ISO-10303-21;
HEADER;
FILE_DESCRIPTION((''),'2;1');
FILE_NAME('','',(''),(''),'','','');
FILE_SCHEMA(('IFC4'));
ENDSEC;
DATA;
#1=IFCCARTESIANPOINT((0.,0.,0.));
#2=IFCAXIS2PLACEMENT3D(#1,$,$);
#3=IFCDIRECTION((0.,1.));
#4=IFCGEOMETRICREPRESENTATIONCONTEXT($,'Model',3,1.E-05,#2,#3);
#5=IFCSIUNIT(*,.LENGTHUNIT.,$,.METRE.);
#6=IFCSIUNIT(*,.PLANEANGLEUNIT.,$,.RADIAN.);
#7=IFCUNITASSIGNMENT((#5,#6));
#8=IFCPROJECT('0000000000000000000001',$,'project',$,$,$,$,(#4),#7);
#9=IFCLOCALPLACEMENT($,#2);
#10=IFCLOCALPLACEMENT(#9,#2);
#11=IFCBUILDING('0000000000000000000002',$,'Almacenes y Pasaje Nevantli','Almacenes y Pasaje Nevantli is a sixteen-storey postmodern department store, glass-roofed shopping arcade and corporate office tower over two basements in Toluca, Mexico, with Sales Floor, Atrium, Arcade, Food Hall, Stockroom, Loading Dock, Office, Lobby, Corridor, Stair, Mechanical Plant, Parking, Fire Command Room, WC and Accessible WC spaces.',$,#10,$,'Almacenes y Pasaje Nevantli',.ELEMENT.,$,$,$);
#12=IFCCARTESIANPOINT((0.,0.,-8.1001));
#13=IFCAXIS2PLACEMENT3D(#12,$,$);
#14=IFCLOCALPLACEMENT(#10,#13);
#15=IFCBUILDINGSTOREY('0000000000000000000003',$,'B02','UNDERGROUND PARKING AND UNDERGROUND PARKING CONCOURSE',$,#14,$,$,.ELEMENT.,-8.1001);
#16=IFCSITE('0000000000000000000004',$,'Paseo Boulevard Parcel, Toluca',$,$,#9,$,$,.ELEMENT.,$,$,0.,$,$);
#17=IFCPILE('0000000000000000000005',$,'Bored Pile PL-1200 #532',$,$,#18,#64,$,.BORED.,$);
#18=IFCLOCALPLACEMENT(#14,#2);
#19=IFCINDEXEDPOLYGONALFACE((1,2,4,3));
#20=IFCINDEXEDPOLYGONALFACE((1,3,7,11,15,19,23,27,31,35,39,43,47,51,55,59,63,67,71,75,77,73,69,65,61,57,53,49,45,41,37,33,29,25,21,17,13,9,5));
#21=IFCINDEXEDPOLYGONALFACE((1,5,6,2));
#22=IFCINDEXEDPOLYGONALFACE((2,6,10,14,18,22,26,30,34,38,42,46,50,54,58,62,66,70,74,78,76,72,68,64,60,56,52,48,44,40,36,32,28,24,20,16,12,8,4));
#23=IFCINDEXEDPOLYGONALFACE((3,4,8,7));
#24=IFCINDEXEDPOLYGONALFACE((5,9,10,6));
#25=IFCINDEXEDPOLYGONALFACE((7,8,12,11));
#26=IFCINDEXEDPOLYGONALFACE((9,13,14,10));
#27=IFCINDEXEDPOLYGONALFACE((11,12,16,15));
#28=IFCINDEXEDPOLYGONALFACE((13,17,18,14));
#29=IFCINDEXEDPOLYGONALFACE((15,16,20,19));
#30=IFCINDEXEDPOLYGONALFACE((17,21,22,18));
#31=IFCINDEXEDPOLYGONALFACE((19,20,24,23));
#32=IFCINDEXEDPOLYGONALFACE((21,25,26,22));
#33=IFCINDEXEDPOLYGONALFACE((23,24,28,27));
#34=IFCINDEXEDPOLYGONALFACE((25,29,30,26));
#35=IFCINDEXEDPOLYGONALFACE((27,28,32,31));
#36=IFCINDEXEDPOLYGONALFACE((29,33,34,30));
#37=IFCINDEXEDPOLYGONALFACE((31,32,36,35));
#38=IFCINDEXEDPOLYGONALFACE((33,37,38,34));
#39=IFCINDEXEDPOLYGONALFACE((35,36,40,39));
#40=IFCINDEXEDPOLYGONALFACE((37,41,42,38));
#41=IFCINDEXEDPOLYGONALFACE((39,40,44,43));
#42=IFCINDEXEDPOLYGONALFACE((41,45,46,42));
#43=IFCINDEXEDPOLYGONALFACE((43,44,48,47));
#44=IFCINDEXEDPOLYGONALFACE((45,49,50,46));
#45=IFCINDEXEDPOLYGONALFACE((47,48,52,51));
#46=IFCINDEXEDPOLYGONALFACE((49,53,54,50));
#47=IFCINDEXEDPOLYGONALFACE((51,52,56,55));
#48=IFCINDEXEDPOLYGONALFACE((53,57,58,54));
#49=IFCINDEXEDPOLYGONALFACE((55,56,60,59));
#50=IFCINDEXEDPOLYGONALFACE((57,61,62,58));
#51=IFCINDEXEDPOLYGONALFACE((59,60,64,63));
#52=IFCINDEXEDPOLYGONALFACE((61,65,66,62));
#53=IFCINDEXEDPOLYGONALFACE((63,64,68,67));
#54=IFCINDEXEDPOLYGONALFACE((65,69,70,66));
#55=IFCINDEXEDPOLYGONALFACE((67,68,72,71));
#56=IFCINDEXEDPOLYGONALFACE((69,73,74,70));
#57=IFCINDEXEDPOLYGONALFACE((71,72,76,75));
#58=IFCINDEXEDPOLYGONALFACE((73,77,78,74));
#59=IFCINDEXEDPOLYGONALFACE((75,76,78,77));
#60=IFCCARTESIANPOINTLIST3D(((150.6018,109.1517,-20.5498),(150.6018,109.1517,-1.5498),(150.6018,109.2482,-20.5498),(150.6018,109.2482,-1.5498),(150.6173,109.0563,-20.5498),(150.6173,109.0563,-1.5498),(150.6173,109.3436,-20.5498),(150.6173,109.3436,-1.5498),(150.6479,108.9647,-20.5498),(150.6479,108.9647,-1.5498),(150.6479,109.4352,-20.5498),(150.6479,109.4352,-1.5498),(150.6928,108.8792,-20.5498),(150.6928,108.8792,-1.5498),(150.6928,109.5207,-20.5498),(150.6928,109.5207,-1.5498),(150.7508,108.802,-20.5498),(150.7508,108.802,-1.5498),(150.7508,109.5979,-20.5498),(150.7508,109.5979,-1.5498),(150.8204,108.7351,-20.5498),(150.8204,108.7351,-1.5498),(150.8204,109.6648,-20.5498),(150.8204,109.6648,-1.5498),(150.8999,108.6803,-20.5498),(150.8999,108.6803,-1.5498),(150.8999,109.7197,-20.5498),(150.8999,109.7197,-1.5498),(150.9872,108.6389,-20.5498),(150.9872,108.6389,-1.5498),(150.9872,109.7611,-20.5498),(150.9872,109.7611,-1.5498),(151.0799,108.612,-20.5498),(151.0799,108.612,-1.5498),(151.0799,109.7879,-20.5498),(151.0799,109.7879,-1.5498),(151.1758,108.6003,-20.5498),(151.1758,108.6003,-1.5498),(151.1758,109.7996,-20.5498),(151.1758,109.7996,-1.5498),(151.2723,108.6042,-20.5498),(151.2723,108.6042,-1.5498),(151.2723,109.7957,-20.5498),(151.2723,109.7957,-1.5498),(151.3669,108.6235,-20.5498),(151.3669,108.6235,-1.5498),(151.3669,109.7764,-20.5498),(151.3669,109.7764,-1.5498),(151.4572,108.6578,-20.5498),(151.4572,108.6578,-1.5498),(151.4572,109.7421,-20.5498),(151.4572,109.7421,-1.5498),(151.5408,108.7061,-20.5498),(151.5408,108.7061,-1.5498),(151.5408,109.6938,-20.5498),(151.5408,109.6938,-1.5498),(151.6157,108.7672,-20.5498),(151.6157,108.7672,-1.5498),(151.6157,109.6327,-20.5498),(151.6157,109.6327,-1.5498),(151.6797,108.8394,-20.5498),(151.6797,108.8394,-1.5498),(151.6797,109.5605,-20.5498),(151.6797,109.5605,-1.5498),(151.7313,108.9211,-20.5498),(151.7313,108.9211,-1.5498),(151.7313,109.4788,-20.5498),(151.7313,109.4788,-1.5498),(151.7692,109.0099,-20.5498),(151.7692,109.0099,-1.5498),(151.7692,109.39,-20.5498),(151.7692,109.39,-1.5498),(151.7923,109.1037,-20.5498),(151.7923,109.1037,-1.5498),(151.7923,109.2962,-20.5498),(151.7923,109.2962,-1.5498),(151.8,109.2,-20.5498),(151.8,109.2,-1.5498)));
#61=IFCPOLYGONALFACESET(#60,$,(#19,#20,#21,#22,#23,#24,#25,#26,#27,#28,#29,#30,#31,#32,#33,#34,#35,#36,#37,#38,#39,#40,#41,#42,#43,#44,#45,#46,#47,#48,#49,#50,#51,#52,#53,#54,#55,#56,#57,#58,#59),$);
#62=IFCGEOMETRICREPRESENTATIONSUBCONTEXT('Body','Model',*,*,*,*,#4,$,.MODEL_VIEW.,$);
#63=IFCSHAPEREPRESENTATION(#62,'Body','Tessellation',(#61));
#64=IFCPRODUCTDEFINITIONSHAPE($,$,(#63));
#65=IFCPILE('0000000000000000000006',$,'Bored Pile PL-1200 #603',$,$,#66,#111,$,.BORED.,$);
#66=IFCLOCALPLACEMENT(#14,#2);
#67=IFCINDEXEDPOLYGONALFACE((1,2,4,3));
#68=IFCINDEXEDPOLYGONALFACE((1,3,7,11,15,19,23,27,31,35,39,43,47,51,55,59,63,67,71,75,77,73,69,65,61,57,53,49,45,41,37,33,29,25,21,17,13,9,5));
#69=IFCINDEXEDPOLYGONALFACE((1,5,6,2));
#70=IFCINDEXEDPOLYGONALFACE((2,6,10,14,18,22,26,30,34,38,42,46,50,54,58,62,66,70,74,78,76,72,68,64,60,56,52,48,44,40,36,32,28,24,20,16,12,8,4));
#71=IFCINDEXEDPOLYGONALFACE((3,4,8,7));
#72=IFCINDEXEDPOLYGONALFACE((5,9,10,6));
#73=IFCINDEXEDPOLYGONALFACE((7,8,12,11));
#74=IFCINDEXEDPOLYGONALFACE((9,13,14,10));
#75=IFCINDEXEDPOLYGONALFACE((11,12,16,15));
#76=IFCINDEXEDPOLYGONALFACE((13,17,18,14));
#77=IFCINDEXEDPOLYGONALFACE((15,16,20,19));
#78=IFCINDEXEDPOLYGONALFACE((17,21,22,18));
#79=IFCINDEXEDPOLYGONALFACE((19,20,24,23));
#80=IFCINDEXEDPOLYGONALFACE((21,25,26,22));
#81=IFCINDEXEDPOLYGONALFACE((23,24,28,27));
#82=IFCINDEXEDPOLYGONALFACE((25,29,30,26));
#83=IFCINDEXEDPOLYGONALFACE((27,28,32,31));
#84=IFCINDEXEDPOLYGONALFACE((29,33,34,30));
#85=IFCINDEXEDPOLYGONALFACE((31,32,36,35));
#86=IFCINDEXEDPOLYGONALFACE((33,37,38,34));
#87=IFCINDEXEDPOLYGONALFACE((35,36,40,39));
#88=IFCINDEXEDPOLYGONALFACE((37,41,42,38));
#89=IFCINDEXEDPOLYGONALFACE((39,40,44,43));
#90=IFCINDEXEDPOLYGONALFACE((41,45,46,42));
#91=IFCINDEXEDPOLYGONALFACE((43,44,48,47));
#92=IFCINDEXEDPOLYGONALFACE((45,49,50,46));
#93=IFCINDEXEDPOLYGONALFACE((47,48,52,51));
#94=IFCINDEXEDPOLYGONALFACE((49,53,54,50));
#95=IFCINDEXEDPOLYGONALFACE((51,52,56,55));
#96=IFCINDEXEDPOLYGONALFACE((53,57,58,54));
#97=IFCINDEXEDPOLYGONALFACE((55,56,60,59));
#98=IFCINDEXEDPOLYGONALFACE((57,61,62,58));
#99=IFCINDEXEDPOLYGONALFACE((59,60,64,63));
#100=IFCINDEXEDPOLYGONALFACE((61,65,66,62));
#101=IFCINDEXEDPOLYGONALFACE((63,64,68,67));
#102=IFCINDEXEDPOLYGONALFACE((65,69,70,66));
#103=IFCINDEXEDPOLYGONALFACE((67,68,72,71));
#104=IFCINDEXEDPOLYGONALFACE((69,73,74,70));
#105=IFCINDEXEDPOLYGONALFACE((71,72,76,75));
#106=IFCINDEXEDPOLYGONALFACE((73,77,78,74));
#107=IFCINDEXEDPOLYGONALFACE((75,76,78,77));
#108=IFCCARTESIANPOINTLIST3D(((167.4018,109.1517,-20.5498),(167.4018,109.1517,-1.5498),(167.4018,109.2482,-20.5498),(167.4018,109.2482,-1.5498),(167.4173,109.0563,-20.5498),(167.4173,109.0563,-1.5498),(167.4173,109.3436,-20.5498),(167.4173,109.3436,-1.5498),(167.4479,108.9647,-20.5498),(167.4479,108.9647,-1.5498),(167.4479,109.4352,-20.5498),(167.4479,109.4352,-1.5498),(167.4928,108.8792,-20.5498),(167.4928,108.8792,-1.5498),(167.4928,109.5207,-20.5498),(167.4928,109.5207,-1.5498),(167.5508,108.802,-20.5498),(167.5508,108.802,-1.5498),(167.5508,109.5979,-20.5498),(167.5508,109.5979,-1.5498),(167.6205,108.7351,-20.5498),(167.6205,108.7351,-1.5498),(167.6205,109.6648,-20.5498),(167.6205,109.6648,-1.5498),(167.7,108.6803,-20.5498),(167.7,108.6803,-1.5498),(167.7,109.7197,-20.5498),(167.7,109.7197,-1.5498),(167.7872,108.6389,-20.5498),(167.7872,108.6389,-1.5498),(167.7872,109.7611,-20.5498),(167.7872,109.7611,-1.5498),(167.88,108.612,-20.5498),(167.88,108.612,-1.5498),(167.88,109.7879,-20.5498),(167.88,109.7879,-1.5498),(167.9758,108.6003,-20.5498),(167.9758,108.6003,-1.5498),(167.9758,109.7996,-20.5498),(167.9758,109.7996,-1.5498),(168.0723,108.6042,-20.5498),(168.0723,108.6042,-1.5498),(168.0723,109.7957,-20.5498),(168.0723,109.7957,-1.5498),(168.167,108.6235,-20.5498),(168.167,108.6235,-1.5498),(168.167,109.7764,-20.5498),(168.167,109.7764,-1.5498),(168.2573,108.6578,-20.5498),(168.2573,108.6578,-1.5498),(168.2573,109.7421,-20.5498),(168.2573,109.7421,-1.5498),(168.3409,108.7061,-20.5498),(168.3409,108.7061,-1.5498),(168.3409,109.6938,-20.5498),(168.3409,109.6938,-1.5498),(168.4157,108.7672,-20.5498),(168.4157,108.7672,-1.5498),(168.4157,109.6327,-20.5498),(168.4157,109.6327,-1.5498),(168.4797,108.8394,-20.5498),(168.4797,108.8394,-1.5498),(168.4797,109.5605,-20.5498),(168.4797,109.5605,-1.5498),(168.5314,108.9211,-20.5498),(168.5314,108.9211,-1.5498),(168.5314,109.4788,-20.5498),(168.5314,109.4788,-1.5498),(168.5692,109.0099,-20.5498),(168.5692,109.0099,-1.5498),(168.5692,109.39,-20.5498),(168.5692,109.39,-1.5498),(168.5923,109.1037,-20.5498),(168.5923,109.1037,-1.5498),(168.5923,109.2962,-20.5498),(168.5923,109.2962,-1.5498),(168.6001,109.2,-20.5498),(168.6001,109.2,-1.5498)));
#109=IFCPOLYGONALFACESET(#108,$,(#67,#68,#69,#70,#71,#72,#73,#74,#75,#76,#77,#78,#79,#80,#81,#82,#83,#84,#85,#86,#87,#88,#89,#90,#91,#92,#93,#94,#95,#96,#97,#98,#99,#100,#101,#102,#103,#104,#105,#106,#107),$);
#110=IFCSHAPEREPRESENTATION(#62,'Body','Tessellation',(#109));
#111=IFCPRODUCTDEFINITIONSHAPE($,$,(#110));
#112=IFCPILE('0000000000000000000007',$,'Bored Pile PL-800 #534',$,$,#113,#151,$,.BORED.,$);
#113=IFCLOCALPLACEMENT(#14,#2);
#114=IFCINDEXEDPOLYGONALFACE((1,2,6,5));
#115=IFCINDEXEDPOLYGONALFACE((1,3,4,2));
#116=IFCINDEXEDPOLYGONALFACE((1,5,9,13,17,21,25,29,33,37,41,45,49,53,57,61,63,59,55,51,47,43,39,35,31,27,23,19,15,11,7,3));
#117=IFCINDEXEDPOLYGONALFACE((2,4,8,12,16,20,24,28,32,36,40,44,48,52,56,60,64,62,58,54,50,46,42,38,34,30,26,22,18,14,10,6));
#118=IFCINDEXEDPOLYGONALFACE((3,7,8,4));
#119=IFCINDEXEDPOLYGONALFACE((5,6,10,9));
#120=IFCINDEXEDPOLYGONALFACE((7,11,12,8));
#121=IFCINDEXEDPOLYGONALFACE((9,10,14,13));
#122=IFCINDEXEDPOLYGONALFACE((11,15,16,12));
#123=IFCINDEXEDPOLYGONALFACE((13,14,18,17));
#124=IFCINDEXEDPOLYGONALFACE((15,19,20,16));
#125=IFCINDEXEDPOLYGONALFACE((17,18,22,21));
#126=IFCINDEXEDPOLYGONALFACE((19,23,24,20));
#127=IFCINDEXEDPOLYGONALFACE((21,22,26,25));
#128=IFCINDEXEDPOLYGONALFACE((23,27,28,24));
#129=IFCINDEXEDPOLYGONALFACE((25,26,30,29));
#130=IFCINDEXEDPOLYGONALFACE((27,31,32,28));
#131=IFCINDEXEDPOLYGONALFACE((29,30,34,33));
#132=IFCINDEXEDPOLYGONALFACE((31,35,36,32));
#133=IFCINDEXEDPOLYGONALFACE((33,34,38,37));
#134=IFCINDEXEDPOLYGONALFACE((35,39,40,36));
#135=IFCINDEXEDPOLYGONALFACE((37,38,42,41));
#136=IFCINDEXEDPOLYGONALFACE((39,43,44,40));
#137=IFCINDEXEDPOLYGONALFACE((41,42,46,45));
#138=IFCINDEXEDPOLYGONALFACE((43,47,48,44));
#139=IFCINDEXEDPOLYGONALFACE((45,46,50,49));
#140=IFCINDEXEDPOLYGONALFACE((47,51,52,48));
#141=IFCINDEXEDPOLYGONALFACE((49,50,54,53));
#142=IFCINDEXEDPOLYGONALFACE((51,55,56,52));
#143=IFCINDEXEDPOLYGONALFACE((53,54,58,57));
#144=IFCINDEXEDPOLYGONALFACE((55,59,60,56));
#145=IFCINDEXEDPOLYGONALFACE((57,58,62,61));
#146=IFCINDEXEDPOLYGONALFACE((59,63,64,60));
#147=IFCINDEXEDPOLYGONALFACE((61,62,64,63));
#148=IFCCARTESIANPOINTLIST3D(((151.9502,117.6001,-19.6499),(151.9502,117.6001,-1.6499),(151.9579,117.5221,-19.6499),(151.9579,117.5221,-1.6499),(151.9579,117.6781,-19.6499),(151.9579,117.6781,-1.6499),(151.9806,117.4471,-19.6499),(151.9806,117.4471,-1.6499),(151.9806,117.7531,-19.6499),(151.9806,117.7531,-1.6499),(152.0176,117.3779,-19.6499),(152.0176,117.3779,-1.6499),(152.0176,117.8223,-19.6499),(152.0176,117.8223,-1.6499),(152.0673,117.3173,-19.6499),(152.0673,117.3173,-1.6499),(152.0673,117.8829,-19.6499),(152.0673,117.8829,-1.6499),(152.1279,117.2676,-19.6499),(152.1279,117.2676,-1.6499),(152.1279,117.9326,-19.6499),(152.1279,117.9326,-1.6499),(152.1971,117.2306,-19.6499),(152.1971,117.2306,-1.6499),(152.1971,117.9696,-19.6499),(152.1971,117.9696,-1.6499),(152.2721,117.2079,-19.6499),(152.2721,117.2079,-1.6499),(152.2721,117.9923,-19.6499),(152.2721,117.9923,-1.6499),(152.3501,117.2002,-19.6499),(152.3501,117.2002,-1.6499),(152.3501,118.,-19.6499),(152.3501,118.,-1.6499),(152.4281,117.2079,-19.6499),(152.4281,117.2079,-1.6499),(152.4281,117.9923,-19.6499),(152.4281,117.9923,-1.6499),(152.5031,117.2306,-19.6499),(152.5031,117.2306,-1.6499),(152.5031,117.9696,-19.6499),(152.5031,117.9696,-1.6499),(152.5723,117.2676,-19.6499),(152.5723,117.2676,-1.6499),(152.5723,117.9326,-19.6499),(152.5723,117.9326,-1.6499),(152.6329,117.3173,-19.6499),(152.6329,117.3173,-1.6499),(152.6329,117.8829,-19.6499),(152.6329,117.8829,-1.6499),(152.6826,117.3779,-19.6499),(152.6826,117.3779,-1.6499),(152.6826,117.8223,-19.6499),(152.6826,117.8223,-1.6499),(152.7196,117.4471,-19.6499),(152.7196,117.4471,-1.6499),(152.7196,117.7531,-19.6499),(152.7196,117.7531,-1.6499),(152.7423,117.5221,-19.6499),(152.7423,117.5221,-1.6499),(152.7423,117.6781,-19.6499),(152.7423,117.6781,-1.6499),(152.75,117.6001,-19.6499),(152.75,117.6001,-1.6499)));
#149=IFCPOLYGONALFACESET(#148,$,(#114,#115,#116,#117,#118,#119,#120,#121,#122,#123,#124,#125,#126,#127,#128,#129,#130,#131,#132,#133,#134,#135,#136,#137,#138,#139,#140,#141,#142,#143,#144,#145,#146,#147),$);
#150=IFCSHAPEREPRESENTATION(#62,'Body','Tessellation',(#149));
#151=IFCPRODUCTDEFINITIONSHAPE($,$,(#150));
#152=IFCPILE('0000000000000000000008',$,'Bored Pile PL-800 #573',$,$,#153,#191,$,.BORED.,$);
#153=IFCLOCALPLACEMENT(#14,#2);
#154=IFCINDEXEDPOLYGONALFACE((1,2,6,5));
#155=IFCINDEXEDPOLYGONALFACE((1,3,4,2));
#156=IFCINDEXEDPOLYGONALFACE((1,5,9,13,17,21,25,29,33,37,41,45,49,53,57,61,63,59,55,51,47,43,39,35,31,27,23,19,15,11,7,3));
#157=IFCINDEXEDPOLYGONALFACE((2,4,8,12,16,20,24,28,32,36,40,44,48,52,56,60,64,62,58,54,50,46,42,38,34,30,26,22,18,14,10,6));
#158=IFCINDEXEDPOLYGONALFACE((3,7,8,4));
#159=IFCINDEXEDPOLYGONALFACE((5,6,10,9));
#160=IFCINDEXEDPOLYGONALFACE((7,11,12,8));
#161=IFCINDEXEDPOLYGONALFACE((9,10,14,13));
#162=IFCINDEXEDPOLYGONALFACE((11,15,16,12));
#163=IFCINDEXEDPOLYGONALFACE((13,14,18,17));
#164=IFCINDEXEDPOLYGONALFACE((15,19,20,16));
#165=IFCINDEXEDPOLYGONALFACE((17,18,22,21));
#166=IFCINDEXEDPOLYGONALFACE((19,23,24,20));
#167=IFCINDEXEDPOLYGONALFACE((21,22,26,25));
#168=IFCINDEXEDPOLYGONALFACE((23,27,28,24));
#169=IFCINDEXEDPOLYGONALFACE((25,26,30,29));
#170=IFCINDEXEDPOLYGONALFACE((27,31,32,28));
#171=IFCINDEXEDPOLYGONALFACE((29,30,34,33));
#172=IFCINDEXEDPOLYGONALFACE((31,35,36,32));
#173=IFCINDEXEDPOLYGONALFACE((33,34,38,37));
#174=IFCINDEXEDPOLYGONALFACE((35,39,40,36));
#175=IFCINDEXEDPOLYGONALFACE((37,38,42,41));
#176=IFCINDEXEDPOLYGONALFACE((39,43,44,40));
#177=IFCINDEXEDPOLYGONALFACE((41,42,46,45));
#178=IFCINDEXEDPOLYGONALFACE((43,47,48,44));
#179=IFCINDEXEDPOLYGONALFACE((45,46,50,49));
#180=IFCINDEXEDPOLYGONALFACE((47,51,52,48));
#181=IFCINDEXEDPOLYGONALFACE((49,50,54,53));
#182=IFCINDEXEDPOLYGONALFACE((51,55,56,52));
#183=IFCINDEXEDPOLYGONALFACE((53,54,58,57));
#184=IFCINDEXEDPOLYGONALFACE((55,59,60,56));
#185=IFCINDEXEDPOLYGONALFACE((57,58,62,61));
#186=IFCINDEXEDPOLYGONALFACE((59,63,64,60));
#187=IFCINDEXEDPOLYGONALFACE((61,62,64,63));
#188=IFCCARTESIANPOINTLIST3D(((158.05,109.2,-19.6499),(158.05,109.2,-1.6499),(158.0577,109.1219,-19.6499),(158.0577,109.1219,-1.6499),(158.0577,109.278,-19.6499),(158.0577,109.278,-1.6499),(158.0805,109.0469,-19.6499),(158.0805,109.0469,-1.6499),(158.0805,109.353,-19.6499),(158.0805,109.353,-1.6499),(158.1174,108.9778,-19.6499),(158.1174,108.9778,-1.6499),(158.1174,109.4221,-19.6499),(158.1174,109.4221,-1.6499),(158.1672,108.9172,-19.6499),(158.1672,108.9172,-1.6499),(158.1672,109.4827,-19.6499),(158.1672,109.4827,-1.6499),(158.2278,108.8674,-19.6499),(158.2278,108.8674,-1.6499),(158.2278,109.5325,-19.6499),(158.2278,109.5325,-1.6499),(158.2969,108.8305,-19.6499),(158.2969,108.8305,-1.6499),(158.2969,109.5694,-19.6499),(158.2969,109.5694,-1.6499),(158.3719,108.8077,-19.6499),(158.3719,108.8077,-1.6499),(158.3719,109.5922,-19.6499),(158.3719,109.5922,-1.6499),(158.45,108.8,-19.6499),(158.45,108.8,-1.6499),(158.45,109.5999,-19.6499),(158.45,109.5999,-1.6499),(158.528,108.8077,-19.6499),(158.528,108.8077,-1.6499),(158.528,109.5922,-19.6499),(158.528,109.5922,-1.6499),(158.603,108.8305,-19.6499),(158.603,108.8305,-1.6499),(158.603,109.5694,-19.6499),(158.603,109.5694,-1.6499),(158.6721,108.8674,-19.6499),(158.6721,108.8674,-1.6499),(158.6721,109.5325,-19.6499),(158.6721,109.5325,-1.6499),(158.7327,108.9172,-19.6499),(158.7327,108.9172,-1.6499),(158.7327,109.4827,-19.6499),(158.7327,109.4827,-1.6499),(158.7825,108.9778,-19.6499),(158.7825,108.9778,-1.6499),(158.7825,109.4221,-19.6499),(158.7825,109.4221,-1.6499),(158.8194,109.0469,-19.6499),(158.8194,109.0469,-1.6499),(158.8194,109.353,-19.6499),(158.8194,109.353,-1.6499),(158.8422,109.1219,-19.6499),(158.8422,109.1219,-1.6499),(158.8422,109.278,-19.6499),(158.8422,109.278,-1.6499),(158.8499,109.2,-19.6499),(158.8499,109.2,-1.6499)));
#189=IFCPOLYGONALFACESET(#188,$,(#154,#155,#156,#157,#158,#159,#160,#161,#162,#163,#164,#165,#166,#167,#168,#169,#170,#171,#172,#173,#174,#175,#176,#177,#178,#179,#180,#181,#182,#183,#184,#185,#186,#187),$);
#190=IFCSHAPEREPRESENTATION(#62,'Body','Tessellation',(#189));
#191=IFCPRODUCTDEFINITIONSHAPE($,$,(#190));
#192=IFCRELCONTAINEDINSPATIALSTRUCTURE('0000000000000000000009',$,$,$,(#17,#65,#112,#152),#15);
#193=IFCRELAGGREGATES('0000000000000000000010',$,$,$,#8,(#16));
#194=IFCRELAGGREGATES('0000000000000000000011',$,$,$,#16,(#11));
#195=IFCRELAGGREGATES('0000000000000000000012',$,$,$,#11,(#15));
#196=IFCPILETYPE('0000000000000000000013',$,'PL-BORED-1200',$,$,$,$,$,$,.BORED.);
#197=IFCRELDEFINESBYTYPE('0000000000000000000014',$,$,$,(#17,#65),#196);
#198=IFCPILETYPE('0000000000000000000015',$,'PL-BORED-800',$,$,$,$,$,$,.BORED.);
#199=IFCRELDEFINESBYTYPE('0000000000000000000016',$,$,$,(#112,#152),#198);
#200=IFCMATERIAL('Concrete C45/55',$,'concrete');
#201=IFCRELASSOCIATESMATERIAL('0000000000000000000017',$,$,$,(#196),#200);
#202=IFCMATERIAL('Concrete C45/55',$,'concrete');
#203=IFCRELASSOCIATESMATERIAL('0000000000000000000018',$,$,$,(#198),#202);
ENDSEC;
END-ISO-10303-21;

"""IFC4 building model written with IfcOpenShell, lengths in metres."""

from ifc_helpers import new_model, si_unit, direction, frame, origin, origin_2d, place, context, subcontext, project, spatial, circle, extrude, material, material_profile, profile_set, type_object, element, save


model = new_model("IFC4")

# Units and contexts
model_context = context("Model", 3, precision=1e-05, world=origin(), true_north=direction((0.0, 1.0)))
body_context = subcontext(model_context, "Body", "Model", "MODEL_VIEW")
ifc_project = project(units=[si_unit("LENGTHUNIT", "METRE"), si_unit("PLANEANGLEUNIT", "RADIAN")], contexts=[model_context])

# Site, building, storey
site_placement = place(None, origin())
site = spatial("IfcSite", under=ifc_project, at=site_placement, Name="Paseo Boulevard Parcel, Toluca", CompositionType="ELEMENT", RefElevation=0.0)
building_placement = place(site_placement, origin())
building = spatial("IfcBuilding", under=site, at=building_placement, Name="Almacenes y Pasaje Nevantli", Description="Almacenes y Pasaje Nevantli is a sixteen-storey postmodern department store, glass-roofed shopping arcade and corporate office tower over two basements in Toluca, Mexico, with Sales Floor, Atrium, Arcade, Food Hall, Stockroom, Loading Dock, Office, Lobby, Corridor, Stair, Mechanical Plant, Parking, Fire Command Room, WC and Accessible WC spaces.", LongName="Almacenes y Pasaje Nevantli", CompositionType="ELEMENT")
storey_placement = place(building_placement, frame((0.0, 0.0, -8.1001)))
storey = spatial("IfcBuildingStorey", under=building, at=storey_placement, Name="B02", Description="UNDERGROUND PARKING AND UNDERGROUND PARKING CONCOURSE", CompositionType="ELEMENT", Elevation=-8.1001)

# Piles
ifc_material_1 = material(Name="Concrete C45/55", Category="concrete")
ifc_material_profile_1 = material_profile(ifc_material_1, circle(Radius=0.6001, at=origin_2d()), Name="RC-PILE-D1200")
ifc_profile_set_1 = profile_set([ifc_material_profile_1], Name="Concrete C45/55")
pile_type_1 = type_object("IfcPileType", Name="PL-BORED-1200", PredefinedType="BORED", material=ifc_profile_set_1)
for number, where, z_axis, x_axis, name in (
    (1, (151.2, 109.2, -1.5498), (0.0, 0.0, -1.0), (1.0, 0.0, 0.0), "Bored Pile PL-1200 #532"),
    (2, (168.0, 109.2, -1.5498), (0.0, 0.0, -1.0), (1.0, 0.0, 0.0), "Bored Pile PL-1200 #603"),
):
    element("IfcPile", number, at=place(storey_placement, frame(where, z_axis=z_axis, x_axis=x_axis)), inside=storey, type_object=pile_type_1, Name=name, PredefinedType="BORED", context=body_context, shape_type="SweptSolid", body=[
        extrude(circle(Radius=0.6001, at=origin_2d()), origin(), (0.0, 0.0, 1.0), 19.0),
    ])
ifc_material_2 = material(Name="Concrete C45/55", Category="concrete")
ifc_material_profile_2 = material_profile(ifc_material_2, circle(Radius=0.3999, at=origin_2d()), Name="RC-PILE-D800")
ifc_profile_set_2 = profile_set([ifc_material_profile_2], Name="Concrete C45/55")
pile_type_2 = type_object("IfcPileType", Name="PL-BORED-800", PredefinedType="BORED", material=ifc_profile_set_2)
for number, where, z_axis, x_axis, name in (
    (3, (152.3501, 117.6001, -1.6499), (0.0, 0.0, -1.0), (1.0, 0.0, 0.0), "Bored Pile PL-800 #534"),
    (4, (158.45, 109.2, -1.6499), (0.0, 0.0, -1.0), (1.0, 0.0, 0.0), "Bored Pile PL-800 #573"),
):
    element("IfcPile", number, at=place(storey_placement, frame(where, z_axis=z_axis, x_axis=x_axis)), inside=storey, type_object=pile_type_2, Name=name, PredefinedType="BORED", context=body_context, shape_type="SweptSolid", body=[
        extrude(circle(Radius=0.3999, at=origin_2d()), origin(), (0.0, 0.0, 1.0), 18.0),
    ])

save(model, "model.ifc")
